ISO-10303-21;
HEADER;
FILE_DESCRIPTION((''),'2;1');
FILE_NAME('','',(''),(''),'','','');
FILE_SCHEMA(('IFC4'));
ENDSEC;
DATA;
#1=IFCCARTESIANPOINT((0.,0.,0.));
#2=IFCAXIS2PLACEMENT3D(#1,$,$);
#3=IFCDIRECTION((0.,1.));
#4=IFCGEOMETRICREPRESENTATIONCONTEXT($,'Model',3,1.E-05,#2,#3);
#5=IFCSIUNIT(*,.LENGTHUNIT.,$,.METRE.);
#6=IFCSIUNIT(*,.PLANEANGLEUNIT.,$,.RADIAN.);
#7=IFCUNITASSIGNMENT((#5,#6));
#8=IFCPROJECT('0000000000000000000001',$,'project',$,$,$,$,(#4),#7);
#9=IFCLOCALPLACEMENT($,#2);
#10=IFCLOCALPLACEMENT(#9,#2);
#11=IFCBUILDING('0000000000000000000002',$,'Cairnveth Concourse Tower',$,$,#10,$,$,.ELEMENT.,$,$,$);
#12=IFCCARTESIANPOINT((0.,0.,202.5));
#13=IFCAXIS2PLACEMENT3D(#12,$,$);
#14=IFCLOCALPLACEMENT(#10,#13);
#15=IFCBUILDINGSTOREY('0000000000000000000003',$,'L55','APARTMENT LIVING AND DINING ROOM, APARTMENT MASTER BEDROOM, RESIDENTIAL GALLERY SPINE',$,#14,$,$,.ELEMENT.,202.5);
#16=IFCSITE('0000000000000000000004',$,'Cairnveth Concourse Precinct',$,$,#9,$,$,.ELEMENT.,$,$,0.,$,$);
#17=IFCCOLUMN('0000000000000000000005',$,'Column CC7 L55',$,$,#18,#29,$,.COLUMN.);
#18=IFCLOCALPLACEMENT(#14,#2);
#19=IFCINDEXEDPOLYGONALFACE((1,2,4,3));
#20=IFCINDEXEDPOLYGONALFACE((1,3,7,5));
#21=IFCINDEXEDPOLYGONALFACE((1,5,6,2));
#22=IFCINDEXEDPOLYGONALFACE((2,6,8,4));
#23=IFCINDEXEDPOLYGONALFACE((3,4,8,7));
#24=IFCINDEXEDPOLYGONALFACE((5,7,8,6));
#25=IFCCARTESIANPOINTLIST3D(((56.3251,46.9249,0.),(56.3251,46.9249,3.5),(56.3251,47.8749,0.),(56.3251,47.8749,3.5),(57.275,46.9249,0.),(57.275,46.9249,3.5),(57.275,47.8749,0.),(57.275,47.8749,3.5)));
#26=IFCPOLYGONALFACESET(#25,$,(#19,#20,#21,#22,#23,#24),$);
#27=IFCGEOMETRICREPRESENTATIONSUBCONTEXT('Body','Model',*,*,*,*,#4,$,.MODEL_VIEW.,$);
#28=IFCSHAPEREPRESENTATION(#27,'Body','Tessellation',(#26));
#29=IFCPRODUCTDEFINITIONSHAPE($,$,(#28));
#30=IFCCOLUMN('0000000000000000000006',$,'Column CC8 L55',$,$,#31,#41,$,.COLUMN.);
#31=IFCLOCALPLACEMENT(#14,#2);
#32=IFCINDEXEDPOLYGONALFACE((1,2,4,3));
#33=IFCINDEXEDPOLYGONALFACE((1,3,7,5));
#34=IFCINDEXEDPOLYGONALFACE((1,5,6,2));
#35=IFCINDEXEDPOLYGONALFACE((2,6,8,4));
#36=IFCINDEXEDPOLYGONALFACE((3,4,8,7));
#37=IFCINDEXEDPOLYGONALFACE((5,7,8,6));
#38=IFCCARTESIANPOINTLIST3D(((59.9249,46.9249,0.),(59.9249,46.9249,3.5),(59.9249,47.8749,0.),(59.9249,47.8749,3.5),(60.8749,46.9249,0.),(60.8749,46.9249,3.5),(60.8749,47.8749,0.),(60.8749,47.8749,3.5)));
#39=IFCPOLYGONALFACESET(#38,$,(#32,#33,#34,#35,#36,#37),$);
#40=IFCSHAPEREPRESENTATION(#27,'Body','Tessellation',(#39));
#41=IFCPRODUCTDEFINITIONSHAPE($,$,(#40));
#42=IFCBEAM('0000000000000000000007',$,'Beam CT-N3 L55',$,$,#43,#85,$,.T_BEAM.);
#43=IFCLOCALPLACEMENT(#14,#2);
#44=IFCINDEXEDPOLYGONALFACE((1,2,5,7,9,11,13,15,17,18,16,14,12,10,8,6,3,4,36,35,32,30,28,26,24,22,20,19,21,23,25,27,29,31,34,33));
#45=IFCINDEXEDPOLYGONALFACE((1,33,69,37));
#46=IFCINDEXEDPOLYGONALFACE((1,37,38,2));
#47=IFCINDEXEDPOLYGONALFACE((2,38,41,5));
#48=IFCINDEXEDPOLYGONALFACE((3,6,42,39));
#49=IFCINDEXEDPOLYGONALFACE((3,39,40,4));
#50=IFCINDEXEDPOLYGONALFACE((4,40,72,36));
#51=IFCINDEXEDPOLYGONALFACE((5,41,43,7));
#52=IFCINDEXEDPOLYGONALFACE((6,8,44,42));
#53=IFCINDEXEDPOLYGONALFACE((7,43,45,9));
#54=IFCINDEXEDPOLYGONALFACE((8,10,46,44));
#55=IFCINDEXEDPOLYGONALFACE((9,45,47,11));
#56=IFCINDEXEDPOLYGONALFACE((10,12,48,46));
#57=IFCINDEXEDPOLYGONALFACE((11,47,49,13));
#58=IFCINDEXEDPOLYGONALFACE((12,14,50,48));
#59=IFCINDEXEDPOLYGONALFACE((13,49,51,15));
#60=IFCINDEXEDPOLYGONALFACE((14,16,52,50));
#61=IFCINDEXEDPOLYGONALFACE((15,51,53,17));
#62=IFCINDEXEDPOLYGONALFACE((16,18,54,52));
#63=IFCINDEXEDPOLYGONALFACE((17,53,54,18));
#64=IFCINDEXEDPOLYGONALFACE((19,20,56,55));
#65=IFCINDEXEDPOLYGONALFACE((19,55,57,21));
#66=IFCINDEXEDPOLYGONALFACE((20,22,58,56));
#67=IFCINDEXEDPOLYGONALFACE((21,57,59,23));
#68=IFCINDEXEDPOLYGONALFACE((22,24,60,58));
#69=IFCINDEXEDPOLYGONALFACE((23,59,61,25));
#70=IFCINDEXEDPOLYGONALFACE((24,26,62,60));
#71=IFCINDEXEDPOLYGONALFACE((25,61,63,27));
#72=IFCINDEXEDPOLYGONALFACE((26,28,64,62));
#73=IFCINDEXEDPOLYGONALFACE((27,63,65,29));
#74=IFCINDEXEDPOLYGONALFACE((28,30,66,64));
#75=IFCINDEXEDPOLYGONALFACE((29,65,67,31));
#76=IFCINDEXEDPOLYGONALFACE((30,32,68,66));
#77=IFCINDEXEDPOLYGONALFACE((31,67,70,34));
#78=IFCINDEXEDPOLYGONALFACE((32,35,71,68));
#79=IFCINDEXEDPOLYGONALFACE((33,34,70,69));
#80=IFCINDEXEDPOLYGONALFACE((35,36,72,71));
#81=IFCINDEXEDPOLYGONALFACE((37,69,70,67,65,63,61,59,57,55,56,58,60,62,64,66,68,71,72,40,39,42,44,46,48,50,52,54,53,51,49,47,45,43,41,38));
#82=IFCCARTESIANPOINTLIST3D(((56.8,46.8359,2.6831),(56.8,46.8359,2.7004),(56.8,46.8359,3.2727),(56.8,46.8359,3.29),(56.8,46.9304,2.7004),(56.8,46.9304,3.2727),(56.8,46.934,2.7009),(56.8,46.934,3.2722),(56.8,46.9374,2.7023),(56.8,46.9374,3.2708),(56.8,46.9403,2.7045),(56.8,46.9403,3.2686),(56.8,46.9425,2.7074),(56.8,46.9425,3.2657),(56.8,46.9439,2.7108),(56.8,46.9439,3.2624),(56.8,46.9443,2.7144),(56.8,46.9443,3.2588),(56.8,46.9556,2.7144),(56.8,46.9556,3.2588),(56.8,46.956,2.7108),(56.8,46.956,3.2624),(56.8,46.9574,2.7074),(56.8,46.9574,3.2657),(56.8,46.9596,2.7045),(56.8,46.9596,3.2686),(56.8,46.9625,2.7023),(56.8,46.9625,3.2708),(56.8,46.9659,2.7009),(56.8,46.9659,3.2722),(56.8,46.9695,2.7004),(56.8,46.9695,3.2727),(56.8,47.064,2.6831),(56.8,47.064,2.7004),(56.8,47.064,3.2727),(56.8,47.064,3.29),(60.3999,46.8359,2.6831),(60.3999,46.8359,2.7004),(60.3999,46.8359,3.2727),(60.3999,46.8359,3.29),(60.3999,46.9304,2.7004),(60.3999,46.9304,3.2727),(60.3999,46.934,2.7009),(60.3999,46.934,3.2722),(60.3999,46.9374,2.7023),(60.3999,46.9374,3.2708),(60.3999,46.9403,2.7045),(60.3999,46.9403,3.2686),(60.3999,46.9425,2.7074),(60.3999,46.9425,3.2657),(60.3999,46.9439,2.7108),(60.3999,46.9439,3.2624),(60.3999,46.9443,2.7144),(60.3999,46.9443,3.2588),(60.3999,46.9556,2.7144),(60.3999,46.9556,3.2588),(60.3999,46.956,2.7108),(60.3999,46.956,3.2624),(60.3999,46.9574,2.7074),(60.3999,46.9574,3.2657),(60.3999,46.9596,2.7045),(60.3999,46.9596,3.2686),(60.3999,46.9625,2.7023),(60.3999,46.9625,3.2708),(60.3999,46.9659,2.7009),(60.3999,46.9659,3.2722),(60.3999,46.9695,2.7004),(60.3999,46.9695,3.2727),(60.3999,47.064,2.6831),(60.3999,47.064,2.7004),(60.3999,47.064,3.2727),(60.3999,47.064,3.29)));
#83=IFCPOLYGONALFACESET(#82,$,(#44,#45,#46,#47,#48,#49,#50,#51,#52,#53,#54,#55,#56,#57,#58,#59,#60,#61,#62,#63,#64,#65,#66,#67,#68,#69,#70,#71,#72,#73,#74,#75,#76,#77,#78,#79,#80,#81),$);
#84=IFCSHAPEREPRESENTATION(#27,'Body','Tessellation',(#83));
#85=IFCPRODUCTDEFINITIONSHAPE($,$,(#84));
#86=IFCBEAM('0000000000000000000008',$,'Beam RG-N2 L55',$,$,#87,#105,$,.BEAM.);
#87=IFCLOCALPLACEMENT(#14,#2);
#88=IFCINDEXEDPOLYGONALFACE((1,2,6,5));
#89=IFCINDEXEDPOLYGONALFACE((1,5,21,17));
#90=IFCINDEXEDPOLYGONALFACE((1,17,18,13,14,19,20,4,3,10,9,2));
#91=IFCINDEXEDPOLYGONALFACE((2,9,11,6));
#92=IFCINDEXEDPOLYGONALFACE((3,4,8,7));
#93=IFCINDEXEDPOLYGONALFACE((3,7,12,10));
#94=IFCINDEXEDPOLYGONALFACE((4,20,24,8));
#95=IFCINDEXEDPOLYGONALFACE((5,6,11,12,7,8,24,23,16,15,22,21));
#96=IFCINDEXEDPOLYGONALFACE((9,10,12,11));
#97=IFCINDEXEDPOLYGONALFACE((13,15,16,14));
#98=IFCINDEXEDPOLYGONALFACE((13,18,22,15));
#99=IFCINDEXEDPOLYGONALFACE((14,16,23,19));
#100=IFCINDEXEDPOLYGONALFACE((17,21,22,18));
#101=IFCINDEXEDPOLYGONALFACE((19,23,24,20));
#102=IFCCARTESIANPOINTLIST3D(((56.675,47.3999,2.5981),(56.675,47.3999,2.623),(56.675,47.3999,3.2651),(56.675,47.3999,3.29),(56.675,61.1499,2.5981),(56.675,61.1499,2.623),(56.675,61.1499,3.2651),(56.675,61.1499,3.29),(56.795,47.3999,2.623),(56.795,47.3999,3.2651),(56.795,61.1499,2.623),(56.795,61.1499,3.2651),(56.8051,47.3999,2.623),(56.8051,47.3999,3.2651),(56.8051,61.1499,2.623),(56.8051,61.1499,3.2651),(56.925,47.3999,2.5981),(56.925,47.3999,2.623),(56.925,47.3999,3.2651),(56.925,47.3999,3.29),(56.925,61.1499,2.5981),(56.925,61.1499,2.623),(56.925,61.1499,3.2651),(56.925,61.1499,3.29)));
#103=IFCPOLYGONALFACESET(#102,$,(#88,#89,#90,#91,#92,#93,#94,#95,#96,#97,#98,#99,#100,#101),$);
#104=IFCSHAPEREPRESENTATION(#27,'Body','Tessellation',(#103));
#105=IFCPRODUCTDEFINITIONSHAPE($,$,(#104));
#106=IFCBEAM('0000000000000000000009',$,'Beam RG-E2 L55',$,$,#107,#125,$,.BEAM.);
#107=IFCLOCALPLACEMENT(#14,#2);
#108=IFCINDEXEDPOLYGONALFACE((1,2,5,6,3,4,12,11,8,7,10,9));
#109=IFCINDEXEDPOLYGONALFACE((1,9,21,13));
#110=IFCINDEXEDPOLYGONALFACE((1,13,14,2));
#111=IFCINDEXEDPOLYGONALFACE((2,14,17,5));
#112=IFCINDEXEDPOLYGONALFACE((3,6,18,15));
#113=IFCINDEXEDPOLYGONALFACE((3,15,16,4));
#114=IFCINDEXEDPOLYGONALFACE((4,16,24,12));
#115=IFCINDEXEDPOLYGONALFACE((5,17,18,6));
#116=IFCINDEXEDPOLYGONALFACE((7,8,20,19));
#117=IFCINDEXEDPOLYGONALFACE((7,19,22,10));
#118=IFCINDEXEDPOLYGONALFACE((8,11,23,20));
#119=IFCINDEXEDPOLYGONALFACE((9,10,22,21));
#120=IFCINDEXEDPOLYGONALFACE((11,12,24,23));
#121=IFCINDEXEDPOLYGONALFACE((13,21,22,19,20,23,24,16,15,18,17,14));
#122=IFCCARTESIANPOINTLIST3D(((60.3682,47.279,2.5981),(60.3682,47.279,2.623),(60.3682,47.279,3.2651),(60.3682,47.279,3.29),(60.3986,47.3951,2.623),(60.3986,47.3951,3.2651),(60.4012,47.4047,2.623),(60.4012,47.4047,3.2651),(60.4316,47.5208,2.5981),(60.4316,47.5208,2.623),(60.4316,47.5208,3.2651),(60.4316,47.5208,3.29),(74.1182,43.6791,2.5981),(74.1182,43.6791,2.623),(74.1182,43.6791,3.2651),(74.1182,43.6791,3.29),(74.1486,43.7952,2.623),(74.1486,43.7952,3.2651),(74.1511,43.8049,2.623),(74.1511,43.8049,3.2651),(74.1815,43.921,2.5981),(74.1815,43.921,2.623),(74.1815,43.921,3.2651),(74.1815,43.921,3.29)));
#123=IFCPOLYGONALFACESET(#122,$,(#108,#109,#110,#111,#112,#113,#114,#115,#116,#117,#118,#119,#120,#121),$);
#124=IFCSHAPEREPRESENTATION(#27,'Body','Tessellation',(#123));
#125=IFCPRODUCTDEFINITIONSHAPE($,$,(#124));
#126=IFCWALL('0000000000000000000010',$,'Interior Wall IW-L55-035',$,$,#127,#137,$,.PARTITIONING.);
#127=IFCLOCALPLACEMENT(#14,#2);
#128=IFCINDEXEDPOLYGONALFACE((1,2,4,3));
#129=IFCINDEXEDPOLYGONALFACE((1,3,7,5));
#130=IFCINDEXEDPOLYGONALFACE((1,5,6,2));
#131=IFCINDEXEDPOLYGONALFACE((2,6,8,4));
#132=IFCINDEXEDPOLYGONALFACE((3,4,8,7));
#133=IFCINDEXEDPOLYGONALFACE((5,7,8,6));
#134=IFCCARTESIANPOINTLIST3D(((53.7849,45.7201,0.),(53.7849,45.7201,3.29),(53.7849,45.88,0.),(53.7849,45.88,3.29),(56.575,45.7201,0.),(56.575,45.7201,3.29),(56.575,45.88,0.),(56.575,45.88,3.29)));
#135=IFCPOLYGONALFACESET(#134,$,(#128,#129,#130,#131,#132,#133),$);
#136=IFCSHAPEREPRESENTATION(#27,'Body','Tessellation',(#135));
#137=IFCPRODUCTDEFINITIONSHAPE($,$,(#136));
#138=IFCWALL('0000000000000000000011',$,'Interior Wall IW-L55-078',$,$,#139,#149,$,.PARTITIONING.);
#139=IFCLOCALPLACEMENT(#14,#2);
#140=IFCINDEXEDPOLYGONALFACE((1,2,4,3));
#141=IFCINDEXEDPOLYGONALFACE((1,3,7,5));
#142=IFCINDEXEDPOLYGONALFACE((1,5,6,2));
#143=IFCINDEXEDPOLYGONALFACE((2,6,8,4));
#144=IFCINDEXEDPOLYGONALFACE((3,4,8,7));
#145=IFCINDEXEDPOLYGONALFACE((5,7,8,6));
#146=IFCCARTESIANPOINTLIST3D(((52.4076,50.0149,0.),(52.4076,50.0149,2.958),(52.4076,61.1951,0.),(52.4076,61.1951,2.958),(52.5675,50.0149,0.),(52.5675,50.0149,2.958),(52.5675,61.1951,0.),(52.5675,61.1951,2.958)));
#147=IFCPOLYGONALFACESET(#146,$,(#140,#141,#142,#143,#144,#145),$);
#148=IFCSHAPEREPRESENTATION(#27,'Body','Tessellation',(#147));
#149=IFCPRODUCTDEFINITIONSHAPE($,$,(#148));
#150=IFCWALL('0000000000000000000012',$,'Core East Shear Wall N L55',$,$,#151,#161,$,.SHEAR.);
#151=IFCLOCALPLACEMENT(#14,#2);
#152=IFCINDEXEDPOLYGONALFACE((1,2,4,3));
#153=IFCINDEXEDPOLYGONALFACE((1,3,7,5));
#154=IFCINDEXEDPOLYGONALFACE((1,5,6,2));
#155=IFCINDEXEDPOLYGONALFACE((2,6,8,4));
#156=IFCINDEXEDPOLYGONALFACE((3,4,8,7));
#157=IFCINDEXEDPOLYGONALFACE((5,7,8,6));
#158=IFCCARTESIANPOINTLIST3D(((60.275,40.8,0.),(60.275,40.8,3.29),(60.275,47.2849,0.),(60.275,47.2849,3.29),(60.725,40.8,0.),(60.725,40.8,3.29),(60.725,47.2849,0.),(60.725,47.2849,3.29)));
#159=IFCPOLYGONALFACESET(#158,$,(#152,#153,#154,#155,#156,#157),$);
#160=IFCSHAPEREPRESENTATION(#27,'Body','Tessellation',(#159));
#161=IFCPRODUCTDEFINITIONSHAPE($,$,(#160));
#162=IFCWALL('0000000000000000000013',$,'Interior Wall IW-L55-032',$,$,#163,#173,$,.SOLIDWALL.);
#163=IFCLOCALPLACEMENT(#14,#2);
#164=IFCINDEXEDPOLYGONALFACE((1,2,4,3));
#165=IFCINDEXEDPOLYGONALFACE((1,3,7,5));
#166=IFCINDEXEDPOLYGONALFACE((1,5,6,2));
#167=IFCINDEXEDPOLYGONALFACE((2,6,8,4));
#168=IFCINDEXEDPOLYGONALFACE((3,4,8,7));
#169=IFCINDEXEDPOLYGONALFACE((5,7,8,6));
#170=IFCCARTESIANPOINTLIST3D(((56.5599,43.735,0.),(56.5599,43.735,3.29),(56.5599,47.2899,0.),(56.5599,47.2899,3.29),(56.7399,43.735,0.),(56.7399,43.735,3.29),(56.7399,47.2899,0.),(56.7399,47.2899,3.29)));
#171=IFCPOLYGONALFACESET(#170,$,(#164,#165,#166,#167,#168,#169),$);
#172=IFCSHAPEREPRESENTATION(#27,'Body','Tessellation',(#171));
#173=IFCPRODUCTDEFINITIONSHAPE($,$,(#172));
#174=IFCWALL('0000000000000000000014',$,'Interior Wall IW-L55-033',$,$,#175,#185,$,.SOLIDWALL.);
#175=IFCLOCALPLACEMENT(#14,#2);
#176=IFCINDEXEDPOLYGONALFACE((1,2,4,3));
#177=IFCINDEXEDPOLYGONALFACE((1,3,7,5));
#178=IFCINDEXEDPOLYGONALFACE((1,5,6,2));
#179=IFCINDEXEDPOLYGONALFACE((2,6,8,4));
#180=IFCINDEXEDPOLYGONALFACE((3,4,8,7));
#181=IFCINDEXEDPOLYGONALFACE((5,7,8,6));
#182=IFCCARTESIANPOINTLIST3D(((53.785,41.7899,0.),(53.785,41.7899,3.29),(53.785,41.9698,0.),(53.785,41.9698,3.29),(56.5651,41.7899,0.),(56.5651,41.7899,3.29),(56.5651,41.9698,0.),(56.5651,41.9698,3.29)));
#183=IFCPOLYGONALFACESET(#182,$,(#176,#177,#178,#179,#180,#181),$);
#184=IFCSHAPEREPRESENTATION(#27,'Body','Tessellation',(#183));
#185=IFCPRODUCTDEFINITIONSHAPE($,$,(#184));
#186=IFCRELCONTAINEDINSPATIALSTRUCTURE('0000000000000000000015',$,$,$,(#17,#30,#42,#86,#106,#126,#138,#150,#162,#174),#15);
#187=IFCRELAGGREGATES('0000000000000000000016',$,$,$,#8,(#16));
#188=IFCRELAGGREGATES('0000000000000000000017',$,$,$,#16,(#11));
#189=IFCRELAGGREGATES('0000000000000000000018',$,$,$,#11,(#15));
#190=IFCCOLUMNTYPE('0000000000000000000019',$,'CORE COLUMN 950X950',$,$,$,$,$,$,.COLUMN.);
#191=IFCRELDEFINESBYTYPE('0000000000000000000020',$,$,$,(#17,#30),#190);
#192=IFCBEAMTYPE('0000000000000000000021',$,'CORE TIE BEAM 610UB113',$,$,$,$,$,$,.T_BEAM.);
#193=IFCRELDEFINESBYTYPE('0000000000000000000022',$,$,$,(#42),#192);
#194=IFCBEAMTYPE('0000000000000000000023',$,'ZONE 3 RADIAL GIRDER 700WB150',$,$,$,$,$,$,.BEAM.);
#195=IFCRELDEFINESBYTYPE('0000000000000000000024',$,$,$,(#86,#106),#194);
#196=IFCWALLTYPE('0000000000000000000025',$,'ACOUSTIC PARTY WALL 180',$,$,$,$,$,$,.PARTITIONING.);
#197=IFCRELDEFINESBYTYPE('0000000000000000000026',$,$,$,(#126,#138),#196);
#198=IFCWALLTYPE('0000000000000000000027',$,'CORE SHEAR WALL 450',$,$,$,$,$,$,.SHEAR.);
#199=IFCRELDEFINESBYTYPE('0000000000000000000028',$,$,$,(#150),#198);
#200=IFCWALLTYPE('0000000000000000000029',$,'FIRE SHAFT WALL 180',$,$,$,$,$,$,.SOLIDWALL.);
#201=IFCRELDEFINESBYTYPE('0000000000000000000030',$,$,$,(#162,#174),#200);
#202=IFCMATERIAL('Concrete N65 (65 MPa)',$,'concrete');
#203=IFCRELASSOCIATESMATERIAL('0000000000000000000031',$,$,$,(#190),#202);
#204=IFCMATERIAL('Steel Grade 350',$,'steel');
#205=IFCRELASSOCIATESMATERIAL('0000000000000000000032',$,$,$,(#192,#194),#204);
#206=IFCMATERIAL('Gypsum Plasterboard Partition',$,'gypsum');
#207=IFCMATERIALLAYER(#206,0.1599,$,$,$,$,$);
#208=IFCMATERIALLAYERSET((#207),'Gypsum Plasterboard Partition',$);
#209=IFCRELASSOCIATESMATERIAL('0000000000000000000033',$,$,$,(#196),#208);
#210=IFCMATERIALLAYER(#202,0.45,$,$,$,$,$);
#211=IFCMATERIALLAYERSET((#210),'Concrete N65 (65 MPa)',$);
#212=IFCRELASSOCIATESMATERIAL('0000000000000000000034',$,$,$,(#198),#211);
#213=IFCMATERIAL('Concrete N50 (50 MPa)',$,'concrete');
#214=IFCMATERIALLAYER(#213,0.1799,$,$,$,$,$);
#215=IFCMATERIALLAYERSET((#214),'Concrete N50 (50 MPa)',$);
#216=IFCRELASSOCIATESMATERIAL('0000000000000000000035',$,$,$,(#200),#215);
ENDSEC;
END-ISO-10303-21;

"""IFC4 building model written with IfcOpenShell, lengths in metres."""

from ifc_helpers import new_model, si_unit, direction, frame, frame_2d, origin, origin_2d, place, context, subcontext, project, spatial, rectangle, i_section, extrude, material, layer, layer_set, material_profile, profile_set, type_object, element, save


model = new_model("IFC4")

# Units and contexts
model_context = context("Model", 3, precision=1e-05, world=origin(), true_north=direction((0.0, 1.0)))
body_context = subcontext(model_context, "Body", "Model", "MODEL_VIEW")
ifc_project = project(units=[si_unit("LENGTHUNIT", "METRE"), si_unit("PLANEANGLEUNIT", "RADIAN")], contexts=[model_context])

# Site, building, storey
site_placement = place(None, origin())
site = spatial("IfcSite", under=ifc_project, at=site_placement, Name="Cairnveth Concourse Precinct", CompositionType="ELEMENT", RefElevation=0.0)
building_placement = place(site_placement, origin())
building = spatial("IfcBuilding", under=site, at=building_placement, Name="Cairnveth Concourse Tower", CompositionType="ELEMENT")
storey_placement = place(building_placement, frame((0.0, 0.0, 202.5)))
storey = spatial("IfcBuildingStorey", under=building, at=storey_placement, Name="L55", Description="APARTMENT LIVING AND DINING ROOM, APARTMENT MASTER BEDROOM, RESIDENTIAL GALLERY SPINE", CompositionType="ELEMENT", Elevation=202.5)

# Columns
ifc_material_1 = material(Name="Concrete N65 (65 MPa)", Category="concrete")
ifc_material_profile_1 = material_profile(ifc_material_1, rectangle(XDim=0.95, YDim=0.95, at=origin_2d()), Name="RC-COL-950x950")
ifc_profile_set_1 = profile_set([ifc_material_profile_1], Name="Concrete N65 (65 MPa)")
column_type = type_object("IfcColumnType", Name="CORE COLUMN 950X950", PredefinedType="COLUMN", material=ifc_profile_set_1)
for number, where, z_axis, x_axis, name in (
    (1, (56.8, 47.3999, 0.0), (0.0, 0.0, 1.0), (1.0, 0.0, 0.0), "Column CC7 L55"),
    (2, (60.3999, 47.3999, 0.0), (0.0, 0.0, 1.0), (1.0, 0.0, 0.0), "Column CC8 L55"),
):
    element("IfcColumn", number, at=place(storey_placement, frame(where, z_axis=z_axis, x_axis=x_axis)), inside=storey, type_object=column_type, Name=name, PredefinedType="COLUMN", context=body_context, shape_type="SweptSolid", body=[
        extrude(rectangle(XDim=0.95, YDim=0.95, at=origin_2d()), origin(), (0.0, 0.0, 1.0), 3.5),
    ])

# Beams
ifc_material_2 = material(Name="Steel Grade 350", Category="steel")
ifc_material_profile_2 = material_profile(ifc_material_2, i_section(OverallWidth=0.228, OverallDepth=0.6069, WebThickness=0.0112, FlangeThickness=0.0173, FilletRadius=0.0139, at=origin_2d()), Name="610UB113")
ifc_profile_set_2 = profile_set([ifc_material_profile_2], Name="Steel Grade 350")
beam_type_1 = type_object("IfcBeamType", Name="CORE TIE BEAM 610UB113", PredefinedType="T_BEAM", material=ifc_profile_set_2)
beam_1_placement = place(storey_placement, frame((56.8, 46.95, 2.9866), z_axis=(1.0, 0.0, 0.0), x_axis=(0.0, 1.0, 0.0)))
element("IfcBeam", 3, at=beam_1_placement, inside=storey, type_object=beam_type_1, Name="Beam CT-N3 L55", PredefinedType="T_BEAM", context=body_context, shape_type="SweptSolid", body=[
    extrude(i_section(OverallWidth=0.228, OverallDepth=0.6069, WebThickness=0.0112, FlangeThickness=0.0173, FilletRadius=0.0139, at=origin_2d()), origin(), (0.0, 0.0, 1.0), 3.5999),
])
ifc_material_profile_3 = material_profile(ifc_material_2, i_section(OverallWidth=0.25, OverallDepth=0.6919, WebThickness=0.01, FlangeThickness=0.0249, at=origin_2d()), Name="700WB150")
ifc_profile_set_3 = profile_set([ifc_material_profile_3], Name="Steel Grade 350")
beam_type_2 = type_object("IfcBeamType", Name="ZONE 3 RADIAL GIRDER 700WB150", PredefinedType="BEAM", material=ifc_profile_set_3)
beam_2_placement = place(storey_placement, frame((56.8, 47.3999, 2.9441), z_axis=(0.0, 1.0, 0.0), x_axis=(-1.0, 0.0, 0.0)))
element("IfcBeam", 4, at=beam_2_placement, inside=storey, type_object=beam_type_2, Name="Beam RG-N2 L55", PredefinedType="BEAM", context=body_context, shape_type="SweptSolid", body=[
    extrude(i_section(OverallWidth=0.25, OverallDepth=0.6919, WebThickness=0.01, FlangeThickness=0.0249, at=origin_2d()), origin(), (0.0, 0.0, 1.0), 13.75),
])
beam_3_placement = place(storey_placement, frame((60.3999, 47.3999, 2.9441), z_axis=(0.967395, -0.253271, 0.0), x_axis=(0.253271, 0.967395, 0.0)))
element("IfcBeam", 5, at=beam_3_placement, inside=storey, type_object=beam_type_2, Name="Beam RG-E2 L55", PredefinedType="BEAM", context=body_context, shape_type="SweptSolid", body=[
    extrude(i_section(OverallWidth=0.25, OverallDepth=0.6919, WebThickness=0.01, FlangeThickness=0.0249, at=origin_2d()), origin(), (0.0, 0.0, 1.0), 14.2134),
])

# Walls
ifc_material_3 = material(Name="Gypsum Plasterboard Partition", Category="gypsum")
ifc_layer_1 = layer(ifc_material_3, 0.1599)
ifc_layer_set_1 = layer_set([ifc_layer_1], Name="Gypsum Plasterboard Partition")
wall_type_1 = type_object("IfcWallType", Name="ACOUSTIC PARTY WALL 180", PredefinedType="PARTITIONING", material=ifc_layer_set_1)
wall_1_placement = place(storey_placement, frame((53.7849, 45.8, 0.0), z_axis=(0.0, 0.0, 1.0), x_axis=(1.0, 0.0, 0.0)))
element("IfcWall", 6, at=wall_1_placement, inside=storey, type_object=wall_type_1, Name="Interior Wall IW-L55-035", PredefinedType="PARTITIONING", context=body_context, shape_type="SweptSolid", body=[
    extrude(rectangle(XDim=2.79, YDim=0.1599, at=frame_2d((1.395, 0.0))), origin(), (0.0, 0.0, 1.0), 3.29),
])
wall_2_placement = place(storey_placement, frame((52.4875, 50.0149, 0.0), z_axis=(0.0, 0.0, 1.0), x_axis=(0.0, 1.0, 0.0)))
element("IfcWall", 7, at=wall_2_placement, inside=storey, type_object=wall_type_1, Name="Interior Wall IW-L55-078", PredefinedType="PARTITIONING", context=body_context, shape_type="SweptSolid", body=[
    extrude(rectangle(XDim=11.1802, YDim=0.1599, at=frame_2d((5.5901, 0.0))), origin(), (0.0, 0.0, 1.0), 2.958),
])
ifc_layer_2 = layer(ifc_material_1, 0.45)
ifc_layer_set_2 = layer_set([ifc_layer_2], Name="Concrete N65 (65 MPa)")
wall_type_2 = type_object("IfcWallType", Name="CORE SHEAR WALL 450", PredefinedType="SHEAR", material=ifc_layer_set_2)
wall_3_placement = place(storey_placement, frame((60.5, 40.8, 0.0), z_axis=(0.0, 0.0, 1.0), x_axis=(0.0, 1.0, 0.0)))
element("IfcWall", 8, at=wall_3_placement, inside=storey, type_object=wall_type_2, Name="Core East Shear Wall N L55", PredefinedType="SHEAR", context=body_context, shape_type="SweptSolid", body=[
    extrude(rectangle(XDim=6.4849, YDim=0.45, at=frame_2d((3.2424, 0.0))), origin(), (0.0, 0.0, 1.0), 3.29),
])
ifc_material_4 = material(Name="Concrete N50 (50 MPa)", Category="concrete")
ifc_layer_3 = layer(ifc_material_4, 0.1799)
ifc_layer_set_3 = layer_set([ifc_layer_3], Name="Concrete N50 (50 MPa)")
wall_type_3 = type_object("IfcWallType", Name="FIRE SHAFT WALL 180", PredefinedType="SOLIDWALL", material=ifc_layer_set_3)
wall_4_placement = place(storey_placement, frame((56.6499, 43.7351, 0.0), z_axis=(0.0, 0.0, 1.0), x_axis=(0.0, 1.0, 0.0)))
element("IfcWall", 9, at=wall_4_placement, inside=storey, type_object=wall_type_3, Name="Interior Wall IW-L55-032", PredefinedType="SOLIDWALL", context=body_context, shape_type="SweptSolid", body=[
    extrude(rectangle(XDim=3.5549, YDim=0.1799, at=frame_2d((1.7773, 0.0))), origin(), (0.0, 0.0, 1.0), 3.29),
])
wall_5_placement = place(storey_placement, frame((53.7849, 41.8799, 0.0), z_axis=(0.0, 0.0, 1.0), x_axis=(1.0, 0.0, 0.0)))
element("IfcWall", 10, at=wall_5_placement, inside=storey, type_object=wall_type_3, Name="Interior Wall IW-L55-033", PredefinedType="SOLIDWALL", context=body_context, shape_type="SweptSolid", body=[
    extrude(rectangle(XDim=2.78, YDim=0.1799, at=frame_2d((1.3901, 0.0))), origin(), (0.0, 0.0, 1.0), 3.29),
])

save(model, "model.ifc")
